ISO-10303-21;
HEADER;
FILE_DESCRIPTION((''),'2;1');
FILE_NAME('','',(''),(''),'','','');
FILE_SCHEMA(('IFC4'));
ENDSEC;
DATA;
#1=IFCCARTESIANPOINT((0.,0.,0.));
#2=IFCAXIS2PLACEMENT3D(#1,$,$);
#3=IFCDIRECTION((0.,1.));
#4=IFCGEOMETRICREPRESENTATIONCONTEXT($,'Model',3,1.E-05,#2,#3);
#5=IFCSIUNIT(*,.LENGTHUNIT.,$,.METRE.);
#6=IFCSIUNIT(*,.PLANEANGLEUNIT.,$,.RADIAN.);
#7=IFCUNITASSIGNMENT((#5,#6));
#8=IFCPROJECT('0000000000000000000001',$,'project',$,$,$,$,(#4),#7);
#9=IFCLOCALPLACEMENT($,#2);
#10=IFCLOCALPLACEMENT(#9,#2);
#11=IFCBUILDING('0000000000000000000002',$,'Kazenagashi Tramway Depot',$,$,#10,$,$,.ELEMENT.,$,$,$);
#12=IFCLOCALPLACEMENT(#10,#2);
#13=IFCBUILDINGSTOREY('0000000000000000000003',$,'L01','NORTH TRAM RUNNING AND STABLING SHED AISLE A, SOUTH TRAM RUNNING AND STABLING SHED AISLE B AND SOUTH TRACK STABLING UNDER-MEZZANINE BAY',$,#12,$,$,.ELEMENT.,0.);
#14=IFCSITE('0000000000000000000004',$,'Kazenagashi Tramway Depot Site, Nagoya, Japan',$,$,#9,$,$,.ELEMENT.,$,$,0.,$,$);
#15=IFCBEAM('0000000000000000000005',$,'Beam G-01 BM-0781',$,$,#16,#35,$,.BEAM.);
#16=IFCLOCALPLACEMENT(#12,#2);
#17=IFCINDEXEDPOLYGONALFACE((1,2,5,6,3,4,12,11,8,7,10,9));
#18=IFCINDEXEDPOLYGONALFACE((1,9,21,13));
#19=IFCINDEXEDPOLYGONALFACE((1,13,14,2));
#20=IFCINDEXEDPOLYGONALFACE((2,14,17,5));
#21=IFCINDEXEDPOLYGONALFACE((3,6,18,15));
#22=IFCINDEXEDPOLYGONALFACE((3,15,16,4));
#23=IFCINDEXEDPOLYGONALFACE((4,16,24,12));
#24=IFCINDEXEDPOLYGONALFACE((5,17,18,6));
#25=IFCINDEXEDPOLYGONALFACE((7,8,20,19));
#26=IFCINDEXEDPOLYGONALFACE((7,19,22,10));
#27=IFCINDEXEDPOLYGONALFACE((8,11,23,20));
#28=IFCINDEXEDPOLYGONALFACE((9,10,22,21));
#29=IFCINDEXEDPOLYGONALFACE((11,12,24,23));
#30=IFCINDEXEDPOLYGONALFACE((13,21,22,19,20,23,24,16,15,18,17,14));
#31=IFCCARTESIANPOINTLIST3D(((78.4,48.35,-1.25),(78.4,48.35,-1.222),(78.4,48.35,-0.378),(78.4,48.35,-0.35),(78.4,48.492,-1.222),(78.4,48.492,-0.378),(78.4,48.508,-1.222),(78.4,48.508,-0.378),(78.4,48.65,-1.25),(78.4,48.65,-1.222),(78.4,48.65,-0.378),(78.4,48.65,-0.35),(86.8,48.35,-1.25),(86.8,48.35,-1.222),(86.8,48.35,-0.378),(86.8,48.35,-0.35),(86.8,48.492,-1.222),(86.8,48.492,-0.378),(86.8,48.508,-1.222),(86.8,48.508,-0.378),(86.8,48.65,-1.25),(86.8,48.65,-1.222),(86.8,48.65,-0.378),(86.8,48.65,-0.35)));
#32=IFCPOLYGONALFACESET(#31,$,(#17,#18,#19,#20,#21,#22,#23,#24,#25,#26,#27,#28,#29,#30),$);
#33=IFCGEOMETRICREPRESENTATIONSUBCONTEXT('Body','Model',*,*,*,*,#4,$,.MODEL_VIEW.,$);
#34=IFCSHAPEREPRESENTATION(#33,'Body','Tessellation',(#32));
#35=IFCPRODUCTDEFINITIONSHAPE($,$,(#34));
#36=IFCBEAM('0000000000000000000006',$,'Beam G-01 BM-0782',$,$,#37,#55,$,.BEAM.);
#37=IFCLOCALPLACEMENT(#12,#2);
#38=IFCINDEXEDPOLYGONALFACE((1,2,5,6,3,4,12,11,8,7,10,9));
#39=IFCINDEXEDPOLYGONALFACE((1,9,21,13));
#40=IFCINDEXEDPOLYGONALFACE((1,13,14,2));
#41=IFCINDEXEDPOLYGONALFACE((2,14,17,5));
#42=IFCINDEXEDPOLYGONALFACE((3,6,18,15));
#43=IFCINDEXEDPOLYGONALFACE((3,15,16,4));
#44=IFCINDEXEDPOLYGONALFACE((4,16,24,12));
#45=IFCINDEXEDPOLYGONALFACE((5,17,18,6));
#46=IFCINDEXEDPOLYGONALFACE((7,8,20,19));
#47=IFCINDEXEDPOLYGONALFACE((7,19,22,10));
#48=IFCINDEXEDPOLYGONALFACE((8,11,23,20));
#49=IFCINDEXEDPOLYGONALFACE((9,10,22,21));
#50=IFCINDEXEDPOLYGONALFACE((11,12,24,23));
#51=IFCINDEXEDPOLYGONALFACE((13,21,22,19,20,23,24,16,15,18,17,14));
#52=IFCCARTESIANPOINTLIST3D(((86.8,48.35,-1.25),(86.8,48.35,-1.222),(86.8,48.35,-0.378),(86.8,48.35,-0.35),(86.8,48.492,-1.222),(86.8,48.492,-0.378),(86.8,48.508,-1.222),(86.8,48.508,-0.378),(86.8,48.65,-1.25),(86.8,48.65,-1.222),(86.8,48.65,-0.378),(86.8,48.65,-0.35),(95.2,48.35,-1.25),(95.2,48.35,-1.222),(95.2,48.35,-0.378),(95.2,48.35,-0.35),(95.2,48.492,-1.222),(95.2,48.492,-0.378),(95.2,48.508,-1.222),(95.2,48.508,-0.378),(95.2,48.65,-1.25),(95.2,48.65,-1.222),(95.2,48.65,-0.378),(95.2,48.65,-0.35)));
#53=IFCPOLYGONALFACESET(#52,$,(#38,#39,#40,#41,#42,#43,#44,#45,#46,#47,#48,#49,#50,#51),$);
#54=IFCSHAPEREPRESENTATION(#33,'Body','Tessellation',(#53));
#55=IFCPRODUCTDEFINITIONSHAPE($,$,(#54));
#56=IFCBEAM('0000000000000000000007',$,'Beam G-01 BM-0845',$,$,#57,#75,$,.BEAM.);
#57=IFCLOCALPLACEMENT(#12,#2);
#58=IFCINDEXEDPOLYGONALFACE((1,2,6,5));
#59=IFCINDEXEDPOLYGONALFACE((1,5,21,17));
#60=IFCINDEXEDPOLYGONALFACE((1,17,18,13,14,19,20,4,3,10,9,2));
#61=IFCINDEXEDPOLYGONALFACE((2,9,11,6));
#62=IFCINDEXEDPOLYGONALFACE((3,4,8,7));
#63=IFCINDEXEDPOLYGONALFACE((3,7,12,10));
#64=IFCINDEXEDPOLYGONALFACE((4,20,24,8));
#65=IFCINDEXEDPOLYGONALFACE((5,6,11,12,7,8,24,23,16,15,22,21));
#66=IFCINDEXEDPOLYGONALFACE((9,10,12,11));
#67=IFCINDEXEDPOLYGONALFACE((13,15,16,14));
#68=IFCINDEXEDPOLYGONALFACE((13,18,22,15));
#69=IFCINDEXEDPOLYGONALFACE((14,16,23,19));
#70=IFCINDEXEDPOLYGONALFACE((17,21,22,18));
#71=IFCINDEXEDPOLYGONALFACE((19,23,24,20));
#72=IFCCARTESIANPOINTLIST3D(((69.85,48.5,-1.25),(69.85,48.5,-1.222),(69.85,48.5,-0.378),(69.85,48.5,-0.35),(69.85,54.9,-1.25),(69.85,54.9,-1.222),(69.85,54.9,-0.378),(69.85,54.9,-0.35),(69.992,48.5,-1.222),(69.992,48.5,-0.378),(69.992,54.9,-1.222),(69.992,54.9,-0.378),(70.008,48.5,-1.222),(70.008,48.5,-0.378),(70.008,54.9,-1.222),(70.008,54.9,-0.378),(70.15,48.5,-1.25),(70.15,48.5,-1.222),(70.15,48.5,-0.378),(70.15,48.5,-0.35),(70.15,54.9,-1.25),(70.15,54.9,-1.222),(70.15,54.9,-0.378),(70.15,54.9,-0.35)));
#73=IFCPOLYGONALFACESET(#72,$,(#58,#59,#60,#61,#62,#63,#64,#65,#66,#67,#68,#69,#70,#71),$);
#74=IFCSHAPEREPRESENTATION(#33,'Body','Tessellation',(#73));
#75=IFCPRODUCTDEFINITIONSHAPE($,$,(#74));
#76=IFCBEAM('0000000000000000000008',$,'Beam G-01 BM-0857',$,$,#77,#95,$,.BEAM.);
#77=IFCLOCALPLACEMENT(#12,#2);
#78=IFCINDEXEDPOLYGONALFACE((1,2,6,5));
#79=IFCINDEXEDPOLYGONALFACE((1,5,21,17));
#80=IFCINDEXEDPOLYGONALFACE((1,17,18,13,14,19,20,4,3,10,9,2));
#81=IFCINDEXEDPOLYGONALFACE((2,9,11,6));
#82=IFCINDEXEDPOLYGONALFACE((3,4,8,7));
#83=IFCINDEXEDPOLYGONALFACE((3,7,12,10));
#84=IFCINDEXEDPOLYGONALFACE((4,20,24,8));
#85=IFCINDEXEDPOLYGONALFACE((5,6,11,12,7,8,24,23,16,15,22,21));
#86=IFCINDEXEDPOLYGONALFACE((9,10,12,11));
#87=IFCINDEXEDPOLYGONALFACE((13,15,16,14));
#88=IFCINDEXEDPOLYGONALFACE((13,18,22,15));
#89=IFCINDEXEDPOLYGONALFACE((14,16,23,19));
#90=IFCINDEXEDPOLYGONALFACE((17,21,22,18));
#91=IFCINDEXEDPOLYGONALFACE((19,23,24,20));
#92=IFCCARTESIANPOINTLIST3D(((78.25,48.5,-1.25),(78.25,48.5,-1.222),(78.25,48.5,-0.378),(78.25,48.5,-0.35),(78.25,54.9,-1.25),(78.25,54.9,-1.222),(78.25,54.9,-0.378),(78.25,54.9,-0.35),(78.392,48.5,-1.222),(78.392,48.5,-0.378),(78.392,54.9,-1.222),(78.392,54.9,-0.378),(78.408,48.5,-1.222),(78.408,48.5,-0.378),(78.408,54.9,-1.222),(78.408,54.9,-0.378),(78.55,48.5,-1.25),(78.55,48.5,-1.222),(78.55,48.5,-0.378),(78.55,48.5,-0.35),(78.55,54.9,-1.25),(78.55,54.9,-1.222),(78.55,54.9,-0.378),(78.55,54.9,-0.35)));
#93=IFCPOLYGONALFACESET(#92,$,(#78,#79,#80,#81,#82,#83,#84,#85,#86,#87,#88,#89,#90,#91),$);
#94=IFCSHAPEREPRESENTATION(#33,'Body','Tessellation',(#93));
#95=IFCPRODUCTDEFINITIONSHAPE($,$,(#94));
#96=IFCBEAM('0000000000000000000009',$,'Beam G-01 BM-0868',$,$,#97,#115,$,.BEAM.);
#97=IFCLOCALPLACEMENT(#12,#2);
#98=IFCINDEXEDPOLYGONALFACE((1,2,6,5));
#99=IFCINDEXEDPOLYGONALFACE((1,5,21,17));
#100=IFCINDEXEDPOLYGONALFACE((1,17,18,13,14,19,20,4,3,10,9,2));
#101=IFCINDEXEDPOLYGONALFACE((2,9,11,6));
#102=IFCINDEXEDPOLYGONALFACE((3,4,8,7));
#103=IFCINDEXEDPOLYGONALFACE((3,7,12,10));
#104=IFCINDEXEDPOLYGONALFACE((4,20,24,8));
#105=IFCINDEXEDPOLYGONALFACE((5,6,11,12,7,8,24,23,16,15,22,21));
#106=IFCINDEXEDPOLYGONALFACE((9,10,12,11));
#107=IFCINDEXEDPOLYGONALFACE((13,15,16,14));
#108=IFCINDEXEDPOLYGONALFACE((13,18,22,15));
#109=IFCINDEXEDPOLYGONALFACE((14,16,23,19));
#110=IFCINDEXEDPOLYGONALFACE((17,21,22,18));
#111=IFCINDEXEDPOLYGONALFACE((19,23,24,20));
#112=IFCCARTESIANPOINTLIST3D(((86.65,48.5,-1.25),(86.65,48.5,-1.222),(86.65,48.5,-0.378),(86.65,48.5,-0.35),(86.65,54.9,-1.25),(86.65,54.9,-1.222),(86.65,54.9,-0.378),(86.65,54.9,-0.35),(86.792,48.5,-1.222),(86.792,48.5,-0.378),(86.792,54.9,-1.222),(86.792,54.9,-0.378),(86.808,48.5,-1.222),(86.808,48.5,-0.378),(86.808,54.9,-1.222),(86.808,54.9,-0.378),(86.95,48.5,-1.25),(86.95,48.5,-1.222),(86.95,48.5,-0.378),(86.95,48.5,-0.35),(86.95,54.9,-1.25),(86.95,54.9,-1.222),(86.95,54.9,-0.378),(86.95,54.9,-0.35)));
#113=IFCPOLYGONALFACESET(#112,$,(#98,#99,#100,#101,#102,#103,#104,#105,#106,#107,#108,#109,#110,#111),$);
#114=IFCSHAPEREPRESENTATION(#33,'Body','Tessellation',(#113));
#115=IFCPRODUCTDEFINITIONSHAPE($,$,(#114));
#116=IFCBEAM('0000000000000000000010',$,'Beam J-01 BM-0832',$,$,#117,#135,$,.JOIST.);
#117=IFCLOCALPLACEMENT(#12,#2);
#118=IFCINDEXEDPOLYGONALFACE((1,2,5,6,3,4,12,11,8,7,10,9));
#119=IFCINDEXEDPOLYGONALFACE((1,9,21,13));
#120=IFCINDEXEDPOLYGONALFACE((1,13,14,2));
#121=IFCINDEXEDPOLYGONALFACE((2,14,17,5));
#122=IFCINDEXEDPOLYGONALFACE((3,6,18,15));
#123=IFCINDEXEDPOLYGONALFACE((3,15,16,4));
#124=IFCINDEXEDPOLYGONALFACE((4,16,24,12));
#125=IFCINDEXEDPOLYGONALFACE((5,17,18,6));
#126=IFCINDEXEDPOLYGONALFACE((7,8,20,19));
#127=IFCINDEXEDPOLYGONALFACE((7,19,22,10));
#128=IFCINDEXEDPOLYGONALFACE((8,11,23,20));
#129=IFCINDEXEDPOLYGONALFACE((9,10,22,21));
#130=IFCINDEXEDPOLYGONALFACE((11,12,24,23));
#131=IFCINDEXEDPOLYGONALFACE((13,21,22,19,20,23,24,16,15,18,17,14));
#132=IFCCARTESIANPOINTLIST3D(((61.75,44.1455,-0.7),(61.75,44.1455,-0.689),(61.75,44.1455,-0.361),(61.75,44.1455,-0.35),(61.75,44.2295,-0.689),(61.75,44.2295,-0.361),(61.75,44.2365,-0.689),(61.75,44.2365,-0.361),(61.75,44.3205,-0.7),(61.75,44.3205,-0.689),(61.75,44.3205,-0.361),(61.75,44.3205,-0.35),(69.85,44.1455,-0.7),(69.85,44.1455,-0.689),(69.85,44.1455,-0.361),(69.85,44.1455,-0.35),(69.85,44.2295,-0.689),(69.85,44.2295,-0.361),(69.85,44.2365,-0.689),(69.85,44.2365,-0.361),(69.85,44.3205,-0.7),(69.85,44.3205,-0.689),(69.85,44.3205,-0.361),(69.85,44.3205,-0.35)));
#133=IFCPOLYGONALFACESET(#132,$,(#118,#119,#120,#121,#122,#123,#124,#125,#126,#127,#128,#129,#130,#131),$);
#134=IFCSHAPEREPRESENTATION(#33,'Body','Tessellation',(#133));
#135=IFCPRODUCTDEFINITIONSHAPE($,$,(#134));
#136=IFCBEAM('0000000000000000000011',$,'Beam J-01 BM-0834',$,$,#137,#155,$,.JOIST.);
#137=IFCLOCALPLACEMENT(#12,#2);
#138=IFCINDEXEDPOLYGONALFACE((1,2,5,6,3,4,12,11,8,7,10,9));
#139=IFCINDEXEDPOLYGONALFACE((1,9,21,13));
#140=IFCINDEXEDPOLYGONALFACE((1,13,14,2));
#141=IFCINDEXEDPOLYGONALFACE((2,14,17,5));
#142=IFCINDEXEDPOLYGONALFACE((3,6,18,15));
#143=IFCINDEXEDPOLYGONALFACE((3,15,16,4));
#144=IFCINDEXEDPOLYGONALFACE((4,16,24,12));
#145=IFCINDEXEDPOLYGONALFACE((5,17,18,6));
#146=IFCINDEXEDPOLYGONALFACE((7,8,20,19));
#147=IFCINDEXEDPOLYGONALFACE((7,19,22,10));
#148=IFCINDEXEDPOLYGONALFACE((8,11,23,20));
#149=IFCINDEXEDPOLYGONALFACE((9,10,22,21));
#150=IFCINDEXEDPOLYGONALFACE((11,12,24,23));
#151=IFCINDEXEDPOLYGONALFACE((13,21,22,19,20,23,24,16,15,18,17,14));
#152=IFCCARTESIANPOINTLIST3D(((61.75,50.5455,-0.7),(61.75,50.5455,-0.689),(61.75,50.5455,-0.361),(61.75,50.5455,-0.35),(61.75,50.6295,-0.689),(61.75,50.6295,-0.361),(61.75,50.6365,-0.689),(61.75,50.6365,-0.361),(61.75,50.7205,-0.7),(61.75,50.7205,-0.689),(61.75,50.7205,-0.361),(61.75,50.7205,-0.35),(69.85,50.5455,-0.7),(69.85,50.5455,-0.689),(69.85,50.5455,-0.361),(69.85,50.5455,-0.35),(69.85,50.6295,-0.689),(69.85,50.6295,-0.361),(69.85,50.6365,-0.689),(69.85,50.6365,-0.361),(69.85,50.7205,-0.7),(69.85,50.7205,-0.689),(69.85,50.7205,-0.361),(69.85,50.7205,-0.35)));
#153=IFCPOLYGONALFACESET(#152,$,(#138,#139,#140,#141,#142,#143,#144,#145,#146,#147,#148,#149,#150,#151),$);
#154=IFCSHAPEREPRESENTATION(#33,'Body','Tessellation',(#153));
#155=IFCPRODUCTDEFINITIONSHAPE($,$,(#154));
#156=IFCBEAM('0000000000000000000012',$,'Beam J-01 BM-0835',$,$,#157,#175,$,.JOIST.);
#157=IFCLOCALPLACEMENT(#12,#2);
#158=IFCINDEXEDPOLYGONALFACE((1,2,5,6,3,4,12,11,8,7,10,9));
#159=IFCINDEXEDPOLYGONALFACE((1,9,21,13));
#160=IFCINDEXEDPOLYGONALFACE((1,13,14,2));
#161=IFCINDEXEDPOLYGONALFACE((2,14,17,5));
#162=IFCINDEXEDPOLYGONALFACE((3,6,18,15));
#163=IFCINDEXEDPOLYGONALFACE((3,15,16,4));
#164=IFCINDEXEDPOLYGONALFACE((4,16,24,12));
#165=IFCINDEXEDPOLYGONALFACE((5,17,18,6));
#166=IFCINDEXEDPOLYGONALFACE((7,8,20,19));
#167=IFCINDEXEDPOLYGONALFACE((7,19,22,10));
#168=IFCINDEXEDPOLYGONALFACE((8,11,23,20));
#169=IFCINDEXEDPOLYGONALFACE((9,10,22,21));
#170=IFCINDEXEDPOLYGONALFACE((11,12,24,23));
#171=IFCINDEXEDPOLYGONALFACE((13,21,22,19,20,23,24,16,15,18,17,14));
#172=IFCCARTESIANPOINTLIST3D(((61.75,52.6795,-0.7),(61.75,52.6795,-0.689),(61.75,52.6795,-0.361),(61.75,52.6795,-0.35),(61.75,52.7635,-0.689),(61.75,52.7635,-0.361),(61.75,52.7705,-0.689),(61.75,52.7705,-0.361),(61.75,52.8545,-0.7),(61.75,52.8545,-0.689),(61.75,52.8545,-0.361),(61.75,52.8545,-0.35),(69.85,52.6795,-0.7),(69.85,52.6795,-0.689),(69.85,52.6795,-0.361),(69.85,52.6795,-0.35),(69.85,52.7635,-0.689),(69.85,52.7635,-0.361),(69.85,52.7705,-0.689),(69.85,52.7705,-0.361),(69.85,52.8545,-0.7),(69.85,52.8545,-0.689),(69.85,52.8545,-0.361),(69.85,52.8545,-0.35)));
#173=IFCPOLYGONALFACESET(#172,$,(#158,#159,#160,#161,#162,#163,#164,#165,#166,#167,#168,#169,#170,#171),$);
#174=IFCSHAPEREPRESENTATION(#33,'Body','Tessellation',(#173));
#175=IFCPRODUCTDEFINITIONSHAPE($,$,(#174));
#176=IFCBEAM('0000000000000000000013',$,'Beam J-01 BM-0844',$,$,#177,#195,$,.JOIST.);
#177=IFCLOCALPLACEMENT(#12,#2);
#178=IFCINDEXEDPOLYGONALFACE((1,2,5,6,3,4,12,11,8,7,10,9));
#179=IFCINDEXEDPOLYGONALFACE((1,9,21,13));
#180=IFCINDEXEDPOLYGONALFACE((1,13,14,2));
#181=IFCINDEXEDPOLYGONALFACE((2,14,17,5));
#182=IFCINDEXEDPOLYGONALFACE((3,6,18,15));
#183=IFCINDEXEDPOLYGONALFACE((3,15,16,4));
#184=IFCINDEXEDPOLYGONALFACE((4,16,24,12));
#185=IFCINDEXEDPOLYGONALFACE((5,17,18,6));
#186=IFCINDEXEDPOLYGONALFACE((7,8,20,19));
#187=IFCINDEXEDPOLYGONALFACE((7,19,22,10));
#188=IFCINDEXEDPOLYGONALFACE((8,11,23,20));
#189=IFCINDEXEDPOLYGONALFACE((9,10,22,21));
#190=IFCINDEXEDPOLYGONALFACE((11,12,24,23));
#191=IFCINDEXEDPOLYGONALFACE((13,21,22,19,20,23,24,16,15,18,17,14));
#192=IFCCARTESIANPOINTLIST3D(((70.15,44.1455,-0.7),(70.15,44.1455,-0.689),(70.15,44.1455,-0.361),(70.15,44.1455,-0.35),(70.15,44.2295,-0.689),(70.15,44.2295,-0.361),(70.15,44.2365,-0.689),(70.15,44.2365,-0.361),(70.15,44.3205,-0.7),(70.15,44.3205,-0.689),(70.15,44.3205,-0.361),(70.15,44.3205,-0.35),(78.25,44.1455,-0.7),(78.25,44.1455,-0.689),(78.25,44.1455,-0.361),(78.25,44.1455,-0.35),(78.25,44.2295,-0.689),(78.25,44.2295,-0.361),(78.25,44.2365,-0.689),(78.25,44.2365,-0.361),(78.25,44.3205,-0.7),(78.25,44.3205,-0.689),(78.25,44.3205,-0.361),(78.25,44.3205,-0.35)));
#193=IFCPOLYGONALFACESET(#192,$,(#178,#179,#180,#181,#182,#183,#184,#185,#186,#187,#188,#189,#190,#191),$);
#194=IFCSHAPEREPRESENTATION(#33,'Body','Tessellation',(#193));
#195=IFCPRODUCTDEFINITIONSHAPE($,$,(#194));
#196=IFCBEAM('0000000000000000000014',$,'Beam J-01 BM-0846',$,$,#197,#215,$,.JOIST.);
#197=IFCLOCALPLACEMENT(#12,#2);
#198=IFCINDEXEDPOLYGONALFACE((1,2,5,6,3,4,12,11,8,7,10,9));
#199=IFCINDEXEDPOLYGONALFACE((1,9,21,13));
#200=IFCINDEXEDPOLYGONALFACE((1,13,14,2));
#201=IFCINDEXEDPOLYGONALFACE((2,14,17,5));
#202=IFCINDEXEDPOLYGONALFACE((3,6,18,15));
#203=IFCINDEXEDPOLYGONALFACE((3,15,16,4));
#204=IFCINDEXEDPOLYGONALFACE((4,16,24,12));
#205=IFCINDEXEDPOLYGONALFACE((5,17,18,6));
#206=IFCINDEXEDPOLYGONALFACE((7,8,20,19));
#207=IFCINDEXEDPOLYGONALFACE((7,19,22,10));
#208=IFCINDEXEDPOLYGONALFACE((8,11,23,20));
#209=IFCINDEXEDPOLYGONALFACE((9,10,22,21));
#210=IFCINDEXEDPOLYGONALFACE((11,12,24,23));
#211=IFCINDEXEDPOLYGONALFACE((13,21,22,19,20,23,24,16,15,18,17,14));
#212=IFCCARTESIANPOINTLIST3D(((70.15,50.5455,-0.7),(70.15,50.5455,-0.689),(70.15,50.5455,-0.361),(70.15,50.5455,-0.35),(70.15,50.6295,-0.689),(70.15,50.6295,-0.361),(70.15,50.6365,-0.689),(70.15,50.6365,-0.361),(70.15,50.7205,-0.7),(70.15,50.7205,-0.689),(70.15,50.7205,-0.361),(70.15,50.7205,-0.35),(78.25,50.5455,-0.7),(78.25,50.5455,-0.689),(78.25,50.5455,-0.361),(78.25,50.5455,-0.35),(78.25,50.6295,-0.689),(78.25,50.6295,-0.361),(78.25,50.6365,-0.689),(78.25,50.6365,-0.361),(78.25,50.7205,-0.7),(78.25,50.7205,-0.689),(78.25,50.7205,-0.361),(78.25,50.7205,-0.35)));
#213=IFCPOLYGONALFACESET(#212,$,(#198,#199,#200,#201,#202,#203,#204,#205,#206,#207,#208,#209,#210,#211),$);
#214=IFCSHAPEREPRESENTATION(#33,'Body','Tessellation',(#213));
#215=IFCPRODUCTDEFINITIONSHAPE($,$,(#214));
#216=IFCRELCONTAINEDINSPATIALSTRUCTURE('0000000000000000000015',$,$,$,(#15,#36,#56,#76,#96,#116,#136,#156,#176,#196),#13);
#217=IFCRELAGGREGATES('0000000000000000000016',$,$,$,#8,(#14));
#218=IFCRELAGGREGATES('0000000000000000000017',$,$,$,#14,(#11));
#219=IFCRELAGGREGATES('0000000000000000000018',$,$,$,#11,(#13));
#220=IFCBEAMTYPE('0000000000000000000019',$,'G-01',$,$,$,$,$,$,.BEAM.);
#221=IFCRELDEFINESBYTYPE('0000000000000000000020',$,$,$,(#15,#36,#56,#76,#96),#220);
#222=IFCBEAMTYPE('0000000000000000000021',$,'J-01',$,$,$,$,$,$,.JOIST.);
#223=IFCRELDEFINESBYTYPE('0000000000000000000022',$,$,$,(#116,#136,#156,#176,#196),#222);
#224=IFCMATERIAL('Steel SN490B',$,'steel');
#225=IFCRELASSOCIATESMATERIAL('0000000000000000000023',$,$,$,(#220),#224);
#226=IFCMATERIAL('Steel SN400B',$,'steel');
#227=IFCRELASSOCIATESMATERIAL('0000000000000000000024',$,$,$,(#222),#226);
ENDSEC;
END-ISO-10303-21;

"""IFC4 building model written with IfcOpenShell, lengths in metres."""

from ifc_helpers import new_model, si_unit, direction, frame, origin, origin_2d, place, context, subcontext, project, spatial, i_section, extrude, material, material_profile, profile_set, type_object, element, save


model = new_model("IFC4")

# Units and contexts
model_context = context("Model", 3, precision=1e-05, world=origin(), true_north=direction((0.0, 1.0)))
body_context = subcontext(model_context, "Body", "Model", "MODEL_VIEW")
ifc_project = project(units=[si_unit("LENGTHUNIT", "METRE"), si_unit("PLANEANGLEUNIT", "RADIAN")], contexts=[model_context])

# Site, building, storey
site_placement = place(None, origin())
site = spatial("IfcSite", under=ifc_project, at=site_placement, Name="Kazenagashi Tramway Depot Site, Nagoya, Japan", CompositionType="ELEMENT", RefElevation=0.0)
building_placement = place(site_placement, origin())
building = spatial("IfcBuilding", under=site, at=building_placement, Name="Kazenagashi Tramway Depot", CompositionType="ELEMENT")
storey_placement = place(building_placement, origin())
storey = spatial("IfcBuildingStorey", under=building, at=storey_placement, Name="L01", Description="NORTH TRAM RUNNING AND STABLING SHED AISLE A, SOUTH TRAM RUNNING AND STABLING SHED AISLE B AND SOUTH TRACK STABLING UNDER-MEZZANINE BAY", CompositionType="ELEMENT", Elevation=0.0)

# Shared definitions
ifc_material_1 = material(Name="Steel SN490B", Category="steel")

# Beams
ifc_material_profile_1 = material_profile(ifc_material_1, i_section(OverallWidth=0.3, OverallDepth=0.9, WebThickness=0.016, FlangeThickness=0.028, at=origin_2d()), Name="H-900x300x16x28")
ifc_profile_set_1 = profile_set([ifc_material_profile_1], Name="Steel SN490B")
beam_type_1 = type_object("IfcBeamType", Name="G-01", PredefinedType="BEAM", material=ifc_profile_set_1)
for number, where, z_axis, x_axis, name in (
    (1, (78.4, 48.5, -0.8), (1.0, 0.0, 0.0), (0.0, 1.0, 0.0), "Beam G-01 BM-0781"),
    (2, (86.8, 48.5, -0.8), (1.0, 0.0, 0.0), (0.0, 1.0, 0.0), "Beam G-01 BM-0782"),
):
    element("IfcBeam", number, at=place(storey_placement, frame(where, z_axis=z_axis, x_axis=x_axis)), inside=storey, type_object=beam_type_1, Name=name, PredefinedType="BEAM", context=body_context, shape_type="SweptSolid", body=[
        extrude(i_section(OverallWidth=0.3, OverallDepth=0.9, WebThickness=0.016, FlangeThickness=0.028, at=origin_2d()), origin(), (0.0, 0.0, 1.0), 8.4),
    ])
for number, where, z_axis, x_axis, name in (
    (3, (70.0, 48.5, -0.8), (0.0, 1.0, 0.0), (-1.0, 0.0, 0.0), "Beam G-01 BM-0845"),
    (4, (78.4, 48.5, -0.8), (0.0, 1.0, 0.0), (-1.0, 0.0, 0.0), "Beam G-01 BM-0857"),
    (5, (86.8, 48.5, -0.8), (0.0, 1.0, 0.0), (-1.0, 0.0, 0.0), "Beam G-01 BM-0868"),
):
    element("IfcBeam", number, at=place(storey_placement, frame(where, z_axis=z_axis, x_axis=x_axis)), inside=storey, type_object=beam_type_1, Name=name, PredefinedType="BEAM", context=body_context, shape_type="SweptSolid", body=[
        extrude(i_section(OverallWidth=0.3, OverallDepth=0.9, WebThickness=0.016, FlangeThickness=0.028, at=origin_2d()), origin(), (0.0, 0.0, 1.0), 6.4),
    ])
ifc_material_2 = material(Name="Steel SN400B", Category="steel")
ifc_material_profile_2 = material_profile(ifc_material_2, i_section(OverallWidth=0.175, OverallDepth=0.35, WebThickness=0.007, FlangeThickness=0.011, at=origin_2d()), Name="H-350x175x7x11")
ifc_profile_set_2 = profile_set([ifc_material_profile_2], Name="Steel SN400B")
beam_type_2 = type_object("IfcBeamType", Name="J-01", PredefinedType="JOIST", material=ifc_profile_set_2)
for number, where, z_axis, x_axis, name in (
    (6, (61.75, 44.233, -0.525), (1.0, 0.0, 0.0), (0.0, 1.0, 0.0), "Beam J-01 BM-0832"),
    (7, (61.75, 50.633, -0.525), (1.0, 0.0, 0.0), (0.0, 1.0, 0.0), "Beam J-01 BM-0834"),
    (8, (61.75, 52.767, -0.525), (1.0, 0.0, 0.0), (0.0, 1.0, 0.0), "Beam J-01 BM-0835"),
    (9, (70.15, 44.233, -0.525), (1.0, 0.0, 0.0), (0.0, 1.0, 0.0), "Beam J-01 BM-0844"),
    (10, (70.15, 50.633, -0.525), (1.0, 0.0, 0.0), (0.0, 1.0, 0.0), "Beam J-01 BM-0846"),
):
    element("IfcBeam", number, at=place(storey_placement, frame(where, z_axis=z_axis, x_axis=x_axis)), inside=storey, type_object=beam_type_2, Name=name, PredefinedType="JOIST", context=body_context, shape_type="SweptSolid", body=[
        extrude(i_section(OverallWidth=0.175, OverallDepth=0.35, WebThickness=0.007, FlangeThickness=0.011, at=origin_2d()), origin(), (0.0, 0.0, 1.0), 8.1),
    ])

save(model, "model.ifc")
